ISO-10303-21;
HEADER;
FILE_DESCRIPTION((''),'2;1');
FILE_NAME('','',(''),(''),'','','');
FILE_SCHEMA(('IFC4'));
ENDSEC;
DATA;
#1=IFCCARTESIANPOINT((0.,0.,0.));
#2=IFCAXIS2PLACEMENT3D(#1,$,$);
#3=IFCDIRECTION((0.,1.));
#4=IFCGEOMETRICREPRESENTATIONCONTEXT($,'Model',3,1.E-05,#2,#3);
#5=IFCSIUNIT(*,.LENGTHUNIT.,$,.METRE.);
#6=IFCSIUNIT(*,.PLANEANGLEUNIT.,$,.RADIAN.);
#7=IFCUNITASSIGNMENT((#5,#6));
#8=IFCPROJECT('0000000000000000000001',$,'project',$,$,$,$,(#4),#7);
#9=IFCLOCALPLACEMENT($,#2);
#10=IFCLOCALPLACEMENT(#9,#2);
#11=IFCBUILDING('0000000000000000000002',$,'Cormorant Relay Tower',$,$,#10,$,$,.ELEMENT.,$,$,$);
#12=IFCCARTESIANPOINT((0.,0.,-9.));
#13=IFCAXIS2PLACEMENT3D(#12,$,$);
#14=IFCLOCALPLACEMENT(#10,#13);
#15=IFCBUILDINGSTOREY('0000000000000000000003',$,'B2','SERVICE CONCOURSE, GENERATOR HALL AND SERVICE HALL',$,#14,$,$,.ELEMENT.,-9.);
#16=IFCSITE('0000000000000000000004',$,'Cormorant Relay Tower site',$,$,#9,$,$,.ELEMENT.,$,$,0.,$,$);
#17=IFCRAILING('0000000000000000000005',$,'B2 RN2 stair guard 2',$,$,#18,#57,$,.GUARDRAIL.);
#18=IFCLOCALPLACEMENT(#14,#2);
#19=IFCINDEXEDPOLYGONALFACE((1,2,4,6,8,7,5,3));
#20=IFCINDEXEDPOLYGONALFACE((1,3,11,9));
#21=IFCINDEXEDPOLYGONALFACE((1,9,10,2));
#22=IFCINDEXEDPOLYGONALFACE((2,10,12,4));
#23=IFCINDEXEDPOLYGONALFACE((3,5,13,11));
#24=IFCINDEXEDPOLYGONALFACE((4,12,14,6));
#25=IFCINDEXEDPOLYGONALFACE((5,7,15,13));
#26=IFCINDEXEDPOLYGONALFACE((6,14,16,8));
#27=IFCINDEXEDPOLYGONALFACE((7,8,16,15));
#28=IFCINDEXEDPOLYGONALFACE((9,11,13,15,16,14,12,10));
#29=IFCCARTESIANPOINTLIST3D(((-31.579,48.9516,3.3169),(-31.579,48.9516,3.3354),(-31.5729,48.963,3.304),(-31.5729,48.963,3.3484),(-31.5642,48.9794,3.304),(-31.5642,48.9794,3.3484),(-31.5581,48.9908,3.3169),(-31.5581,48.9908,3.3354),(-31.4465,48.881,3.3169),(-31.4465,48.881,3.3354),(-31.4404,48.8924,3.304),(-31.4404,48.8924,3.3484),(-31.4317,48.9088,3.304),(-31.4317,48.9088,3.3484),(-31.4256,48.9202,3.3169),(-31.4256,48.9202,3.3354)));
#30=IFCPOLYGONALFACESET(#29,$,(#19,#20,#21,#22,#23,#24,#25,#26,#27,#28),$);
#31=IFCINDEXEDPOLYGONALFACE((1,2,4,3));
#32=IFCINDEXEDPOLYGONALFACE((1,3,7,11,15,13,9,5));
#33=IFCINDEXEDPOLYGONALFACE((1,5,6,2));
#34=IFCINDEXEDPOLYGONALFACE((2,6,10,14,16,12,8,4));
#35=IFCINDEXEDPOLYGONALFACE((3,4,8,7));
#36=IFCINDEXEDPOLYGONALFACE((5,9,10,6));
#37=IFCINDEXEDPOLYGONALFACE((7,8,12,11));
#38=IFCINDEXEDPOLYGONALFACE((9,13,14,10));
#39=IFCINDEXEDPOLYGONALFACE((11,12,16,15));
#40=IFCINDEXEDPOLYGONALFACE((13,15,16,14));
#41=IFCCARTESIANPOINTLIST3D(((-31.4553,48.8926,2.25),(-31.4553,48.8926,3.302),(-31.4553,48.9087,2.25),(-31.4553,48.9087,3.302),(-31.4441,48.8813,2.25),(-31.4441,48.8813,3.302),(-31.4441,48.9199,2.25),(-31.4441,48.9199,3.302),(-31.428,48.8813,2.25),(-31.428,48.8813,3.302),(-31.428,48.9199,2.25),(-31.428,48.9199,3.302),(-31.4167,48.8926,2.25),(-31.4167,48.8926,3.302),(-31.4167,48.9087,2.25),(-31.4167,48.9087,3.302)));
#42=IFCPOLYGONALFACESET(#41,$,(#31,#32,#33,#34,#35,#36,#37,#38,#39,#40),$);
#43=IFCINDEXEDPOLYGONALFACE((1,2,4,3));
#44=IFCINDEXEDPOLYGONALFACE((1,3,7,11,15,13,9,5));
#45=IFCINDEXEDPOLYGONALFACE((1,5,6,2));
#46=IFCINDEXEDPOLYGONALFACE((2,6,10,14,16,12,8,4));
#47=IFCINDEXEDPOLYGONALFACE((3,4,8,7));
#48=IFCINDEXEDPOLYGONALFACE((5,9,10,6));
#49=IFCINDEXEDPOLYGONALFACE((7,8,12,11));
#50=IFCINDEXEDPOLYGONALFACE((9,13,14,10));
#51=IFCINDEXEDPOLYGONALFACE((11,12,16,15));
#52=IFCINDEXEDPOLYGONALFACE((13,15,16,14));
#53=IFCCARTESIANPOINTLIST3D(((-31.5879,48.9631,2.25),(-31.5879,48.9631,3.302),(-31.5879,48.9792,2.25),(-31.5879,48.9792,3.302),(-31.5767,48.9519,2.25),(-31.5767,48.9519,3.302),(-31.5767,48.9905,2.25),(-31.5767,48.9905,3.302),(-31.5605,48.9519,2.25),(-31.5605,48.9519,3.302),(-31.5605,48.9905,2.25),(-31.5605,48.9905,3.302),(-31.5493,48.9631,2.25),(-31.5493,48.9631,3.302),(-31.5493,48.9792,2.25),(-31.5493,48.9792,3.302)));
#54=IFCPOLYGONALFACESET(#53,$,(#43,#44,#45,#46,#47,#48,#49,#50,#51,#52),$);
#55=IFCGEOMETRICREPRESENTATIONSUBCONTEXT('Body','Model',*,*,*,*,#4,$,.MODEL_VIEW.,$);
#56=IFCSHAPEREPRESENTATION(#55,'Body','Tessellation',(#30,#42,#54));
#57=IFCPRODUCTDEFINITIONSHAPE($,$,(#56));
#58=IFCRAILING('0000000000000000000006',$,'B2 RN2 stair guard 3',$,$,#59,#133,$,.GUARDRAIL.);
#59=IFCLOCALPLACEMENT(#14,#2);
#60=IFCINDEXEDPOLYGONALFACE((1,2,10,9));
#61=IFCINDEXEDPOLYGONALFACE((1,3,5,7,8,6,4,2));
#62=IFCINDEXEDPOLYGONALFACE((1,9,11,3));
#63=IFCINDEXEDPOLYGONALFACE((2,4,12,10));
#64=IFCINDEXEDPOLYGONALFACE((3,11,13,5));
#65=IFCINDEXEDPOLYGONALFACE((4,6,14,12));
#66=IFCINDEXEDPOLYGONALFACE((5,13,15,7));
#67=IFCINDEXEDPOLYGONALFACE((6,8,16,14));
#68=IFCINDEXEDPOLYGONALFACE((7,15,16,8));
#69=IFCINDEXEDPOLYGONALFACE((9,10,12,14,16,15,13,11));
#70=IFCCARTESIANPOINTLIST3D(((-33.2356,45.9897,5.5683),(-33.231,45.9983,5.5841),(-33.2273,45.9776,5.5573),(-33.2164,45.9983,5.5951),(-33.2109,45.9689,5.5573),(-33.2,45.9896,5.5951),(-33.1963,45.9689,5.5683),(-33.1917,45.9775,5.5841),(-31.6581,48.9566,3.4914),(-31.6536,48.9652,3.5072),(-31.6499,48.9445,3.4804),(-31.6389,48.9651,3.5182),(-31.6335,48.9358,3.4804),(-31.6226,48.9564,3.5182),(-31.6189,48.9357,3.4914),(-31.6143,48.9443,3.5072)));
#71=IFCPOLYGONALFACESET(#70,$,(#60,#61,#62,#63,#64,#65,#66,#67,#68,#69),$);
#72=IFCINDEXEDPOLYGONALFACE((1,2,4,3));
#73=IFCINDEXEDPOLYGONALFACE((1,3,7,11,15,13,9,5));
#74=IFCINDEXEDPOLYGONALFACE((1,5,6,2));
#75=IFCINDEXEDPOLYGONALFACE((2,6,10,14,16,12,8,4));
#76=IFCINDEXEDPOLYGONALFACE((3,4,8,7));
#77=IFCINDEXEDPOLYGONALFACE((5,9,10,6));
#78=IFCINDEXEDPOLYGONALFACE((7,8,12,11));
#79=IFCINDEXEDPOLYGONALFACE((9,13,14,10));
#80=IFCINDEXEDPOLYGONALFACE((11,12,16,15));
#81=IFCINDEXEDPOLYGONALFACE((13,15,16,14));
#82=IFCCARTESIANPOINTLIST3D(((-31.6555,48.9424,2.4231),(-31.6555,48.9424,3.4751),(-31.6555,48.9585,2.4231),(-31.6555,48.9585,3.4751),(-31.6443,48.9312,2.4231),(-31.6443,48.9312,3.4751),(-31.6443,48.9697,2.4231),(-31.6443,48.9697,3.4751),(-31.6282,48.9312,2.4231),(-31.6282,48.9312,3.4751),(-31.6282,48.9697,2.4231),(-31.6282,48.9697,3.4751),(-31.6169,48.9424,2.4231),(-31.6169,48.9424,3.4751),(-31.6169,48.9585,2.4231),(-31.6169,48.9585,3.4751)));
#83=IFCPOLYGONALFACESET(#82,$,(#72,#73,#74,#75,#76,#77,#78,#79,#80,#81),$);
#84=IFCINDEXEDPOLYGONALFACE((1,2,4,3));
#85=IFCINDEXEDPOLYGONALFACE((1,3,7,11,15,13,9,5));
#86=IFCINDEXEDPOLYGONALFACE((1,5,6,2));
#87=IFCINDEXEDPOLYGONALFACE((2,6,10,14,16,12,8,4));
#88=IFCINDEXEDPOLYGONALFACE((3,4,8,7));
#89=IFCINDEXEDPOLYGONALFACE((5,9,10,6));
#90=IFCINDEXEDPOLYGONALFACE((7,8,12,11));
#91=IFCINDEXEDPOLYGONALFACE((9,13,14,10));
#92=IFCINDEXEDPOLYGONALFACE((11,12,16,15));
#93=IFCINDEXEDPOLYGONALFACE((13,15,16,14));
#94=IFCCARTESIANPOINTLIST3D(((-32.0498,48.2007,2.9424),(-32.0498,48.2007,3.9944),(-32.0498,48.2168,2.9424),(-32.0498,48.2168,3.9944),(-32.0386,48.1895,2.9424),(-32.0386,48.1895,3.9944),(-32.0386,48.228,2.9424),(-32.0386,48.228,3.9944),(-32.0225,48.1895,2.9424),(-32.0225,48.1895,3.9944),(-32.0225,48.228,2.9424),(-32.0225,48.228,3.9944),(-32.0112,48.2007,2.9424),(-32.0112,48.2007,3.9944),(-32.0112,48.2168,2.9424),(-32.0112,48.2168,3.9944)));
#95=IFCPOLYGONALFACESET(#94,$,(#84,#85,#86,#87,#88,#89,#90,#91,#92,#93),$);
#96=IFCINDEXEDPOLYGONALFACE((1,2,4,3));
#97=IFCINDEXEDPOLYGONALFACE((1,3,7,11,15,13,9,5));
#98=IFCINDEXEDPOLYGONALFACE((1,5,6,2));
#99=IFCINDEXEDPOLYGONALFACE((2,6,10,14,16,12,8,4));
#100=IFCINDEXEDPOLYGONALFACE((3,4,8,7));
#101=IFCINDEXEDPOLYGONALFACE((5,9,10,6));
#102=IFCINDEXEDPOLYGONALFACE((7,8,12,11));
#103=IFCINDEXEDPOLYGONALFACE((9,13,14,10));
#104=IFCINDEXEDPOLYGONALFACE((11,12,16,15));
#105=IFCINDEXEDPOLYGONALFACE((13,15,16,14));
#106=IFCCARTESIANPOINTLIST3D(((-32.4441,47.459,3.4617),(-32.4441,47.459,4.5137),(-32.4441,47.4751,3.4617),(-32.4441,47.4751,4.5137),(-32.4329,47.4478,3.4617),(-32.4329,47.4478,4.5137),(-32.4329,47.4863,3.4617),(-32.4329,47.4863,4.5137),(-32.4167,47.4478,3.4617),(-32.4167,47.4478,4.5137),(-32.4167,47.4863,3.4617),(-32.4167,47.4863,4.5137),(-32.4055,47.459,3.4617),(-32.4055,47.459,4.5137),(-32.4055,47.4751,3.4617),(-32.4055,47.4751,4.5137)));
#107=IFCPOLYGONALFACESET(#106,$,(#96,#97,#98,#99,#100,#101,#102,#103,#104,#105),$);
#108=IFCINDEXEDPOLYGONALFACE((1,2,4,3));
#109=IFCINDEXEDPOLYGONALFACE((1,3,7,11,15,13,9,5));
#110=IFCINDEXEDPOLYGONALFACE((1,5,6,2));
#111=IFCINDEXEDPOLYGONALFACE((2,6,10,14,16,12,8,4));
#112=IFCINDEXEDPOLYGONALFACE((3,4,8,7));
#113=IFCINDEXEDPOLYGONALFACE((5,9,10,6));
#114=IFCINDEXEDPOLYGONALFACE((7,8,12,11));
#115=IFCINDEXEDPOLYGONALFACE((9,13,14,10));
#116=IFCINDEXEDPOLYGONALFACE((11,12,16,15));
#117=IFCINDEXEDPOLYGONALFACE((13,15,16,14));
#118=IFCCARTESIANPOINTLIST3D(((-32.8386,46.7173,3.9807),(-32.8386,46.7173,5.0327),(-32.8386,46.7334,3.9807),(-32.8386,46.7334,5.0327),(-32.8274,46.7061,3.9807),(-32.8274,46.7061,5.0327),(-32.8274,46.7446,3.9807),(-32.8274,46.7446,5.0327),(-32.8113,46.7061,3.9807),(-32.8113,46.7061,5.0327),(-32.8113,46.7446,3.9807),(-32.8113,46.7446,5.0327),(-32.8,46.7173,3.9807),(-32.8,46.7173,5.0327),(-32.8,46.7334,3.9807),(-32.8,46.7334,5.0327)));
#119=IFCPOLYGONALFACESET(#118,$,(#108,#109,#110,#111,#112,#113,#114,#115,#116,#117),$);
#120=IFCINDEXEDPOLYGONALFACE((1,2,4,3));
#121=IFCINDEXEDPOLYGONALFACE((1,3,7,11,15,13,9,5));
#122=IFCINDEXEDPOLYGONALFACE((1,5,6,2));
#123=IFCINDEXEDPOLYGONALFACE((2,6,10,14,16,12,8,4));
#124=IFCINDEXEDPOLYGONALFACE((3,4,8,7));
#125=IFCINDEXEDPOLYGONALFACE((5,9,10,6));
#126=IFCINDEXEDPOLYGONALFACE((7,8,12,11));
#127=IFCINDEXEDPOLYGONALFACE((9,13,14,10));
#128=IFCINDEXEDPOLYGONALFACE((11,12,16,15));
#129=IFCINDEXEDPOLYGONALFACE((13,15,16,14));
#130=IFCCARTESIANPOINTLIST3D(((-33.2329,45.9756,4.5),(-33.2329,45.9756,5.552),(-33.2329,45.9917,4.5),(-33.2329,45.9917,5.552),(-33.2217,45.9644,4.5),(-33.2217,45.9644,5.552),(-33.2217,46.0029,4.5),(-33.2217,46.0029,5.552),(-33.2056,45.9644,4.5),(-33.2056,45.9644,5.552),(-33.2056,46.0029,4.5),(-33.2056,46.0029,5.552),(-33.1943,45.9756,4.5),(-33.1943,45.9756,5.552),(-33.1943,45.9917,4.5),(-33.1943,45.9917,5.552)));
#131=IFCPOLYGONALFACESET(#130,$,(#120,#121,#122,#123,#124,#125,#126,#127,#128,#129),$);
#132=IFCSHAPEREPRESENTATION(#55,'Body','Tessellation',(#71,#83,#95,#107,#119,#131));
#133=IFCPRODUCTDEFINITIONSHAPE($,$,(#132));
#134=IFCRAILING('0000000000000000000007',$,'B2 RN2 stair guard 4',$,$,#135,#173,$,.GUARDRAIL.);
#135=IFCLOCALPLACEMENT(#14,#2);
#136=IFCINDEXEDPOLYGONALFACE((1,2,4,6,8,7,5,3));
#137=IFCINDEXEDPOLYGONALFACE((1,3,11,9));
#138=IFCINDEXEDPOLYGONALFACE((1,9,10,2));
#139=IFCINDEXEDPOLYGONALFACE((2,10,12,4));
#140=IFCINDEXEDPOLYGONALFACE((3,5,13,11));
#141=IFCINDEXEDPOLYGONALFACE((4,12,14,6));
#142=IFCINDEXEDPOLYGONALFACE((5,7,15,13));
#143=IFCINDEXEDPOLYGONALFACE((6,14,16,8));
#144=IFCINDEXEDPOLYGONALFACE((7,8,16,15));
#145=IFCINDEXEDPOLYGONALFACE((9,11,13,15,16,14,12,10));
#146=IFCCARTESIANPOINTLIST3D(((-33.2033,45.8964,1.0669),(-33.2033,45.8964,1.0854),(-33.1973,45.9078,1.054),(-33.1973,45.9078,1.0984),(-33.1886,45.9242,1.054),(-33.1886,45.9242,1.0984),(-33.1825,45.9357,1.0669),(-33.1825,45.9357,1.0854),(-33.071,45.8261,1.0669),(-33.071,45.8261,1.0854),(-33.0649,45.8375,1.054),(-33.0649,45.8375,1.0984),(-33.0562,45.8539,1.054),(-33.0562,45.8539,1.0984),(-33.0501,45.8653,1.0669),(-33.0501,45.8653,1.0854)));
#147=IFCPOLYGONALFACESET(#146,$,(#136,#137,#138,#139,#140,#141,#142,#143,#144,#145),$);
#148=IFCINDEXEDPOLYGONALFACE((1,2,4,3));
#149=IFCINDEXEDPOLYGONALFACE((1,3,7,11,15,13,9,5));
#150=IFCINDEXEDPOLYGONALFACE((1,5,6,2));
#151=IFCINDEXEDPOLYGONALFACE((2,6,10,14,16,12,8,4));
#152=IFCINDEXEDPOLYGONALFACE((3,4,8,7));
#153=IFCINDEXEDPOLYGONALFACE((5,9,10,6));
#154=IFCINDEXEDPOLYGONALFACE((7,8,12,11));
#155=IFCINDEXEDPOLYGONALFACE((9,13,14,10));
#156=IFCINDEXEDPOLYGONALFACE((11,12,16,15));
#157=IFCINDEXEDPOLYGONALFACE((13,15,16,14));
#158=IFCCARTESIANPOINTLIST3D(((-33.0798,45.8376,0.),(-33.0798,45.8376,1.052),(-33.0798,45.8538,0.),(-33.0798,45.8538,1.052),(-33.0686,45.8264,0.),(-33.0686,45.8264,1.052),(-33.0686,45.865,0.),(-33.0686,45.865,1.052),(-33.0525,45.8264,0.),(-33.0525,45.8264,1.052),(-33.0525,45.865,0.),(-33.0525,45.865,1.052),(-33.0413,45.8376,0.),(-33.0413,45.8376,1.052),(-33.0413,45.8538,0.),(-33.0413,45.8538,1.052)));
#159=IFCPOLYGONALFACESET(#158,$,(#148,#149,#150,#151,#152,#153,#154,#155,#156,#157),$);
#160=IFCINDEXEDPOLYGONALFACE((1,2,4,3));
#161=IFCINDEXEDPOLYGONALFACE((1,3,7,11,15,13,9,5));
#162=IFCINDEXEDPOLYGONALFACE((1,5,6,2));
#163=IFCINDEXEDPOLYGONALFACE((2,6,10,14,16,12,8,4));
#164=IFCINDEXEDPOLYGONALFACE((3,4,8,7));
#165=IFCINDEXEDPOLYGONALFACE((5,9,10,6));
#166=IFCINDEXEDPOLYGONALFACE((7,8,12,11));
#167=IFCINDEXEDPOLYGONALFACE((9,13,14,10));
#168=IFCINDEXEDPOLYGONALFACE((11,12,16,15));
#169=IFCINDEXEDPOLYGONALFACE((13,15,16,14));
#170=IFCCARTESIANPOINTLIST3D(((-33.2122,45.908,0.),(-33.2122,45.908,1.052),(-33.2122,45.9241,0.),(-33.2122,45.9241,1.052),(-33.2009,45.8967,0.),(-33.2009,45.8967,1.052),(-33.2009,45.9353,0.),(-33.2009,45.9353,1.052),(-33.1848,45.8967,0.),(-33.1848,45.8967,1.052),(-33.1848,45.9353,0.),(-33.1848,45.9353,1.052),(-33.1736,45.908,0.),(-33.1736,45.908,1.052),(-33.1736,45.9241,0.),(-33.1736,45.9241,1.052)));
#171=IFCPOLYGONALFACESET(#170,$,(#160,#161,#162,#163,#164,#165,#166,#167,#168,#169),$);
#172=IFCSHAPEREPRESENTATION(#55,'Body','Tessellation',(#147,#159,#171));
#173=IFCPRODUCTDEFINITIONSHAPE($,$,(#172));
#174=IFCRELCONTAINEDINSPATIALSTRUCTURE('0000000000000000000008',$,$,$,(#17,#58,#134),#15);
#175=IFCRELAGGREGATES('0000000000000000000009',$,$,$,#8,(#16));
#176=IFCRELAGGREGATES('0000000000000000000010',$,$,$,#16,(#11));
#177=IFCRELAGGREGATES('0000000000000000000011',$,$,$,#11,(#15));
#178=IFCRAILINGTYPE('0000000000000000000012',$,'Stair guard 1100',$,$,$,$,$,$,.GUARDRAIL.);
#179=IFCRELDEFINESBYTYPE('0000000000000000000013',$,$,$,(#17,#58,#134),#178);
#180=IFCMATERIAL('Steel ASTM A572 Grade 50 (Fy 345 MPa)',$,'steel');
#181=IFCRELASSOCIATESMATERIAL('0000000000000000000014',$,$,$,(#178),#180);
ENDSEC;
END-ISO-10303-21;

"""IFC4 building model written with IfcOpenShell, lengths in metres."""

from ifc_helpers import new_model, si_unit, direction, frame, origin, place, context, subcontext, project, spatial, polyline, outline, extrude, material, type_object, element, save


model = new_model("IFC4")

# Units and contexts
model_context = context("Model", 3, precision=1e-05, world=origin(), true_north=direction((0.0, 1.0)))
body_context = subcontext(model_context, "Body", "Model", "MODEL_VIEW")
ifc_project = project(units=[si_unit("LENGTHUNIT", "METRE"), si_unit("PLANEANGLEUNIT", "RADIAN")], contexts=[model_context])

# Site, building, storey
site_placement = place(None, origin())
site = spatial("IfcSite", under=ifc_project, at=site_placement, Name="Cormorant Relay Tower site", CompositionType="ELEMENT", RefElevation=0.0)
building_placement = place(site_placement, origin())
building = spatial("IfcBuilding", under=site, at=building_placement, Name="Cormorant Relay Tower", CompositionType="ELEMENT")
storey_placement = place(building_placement, frame((0.0, 0.0, -9.0)))
storey = spatial("IfcBuildingStorey", under=building, at=storey_placement, Name="B2", Description="SERVICE CONCOURSE, GENERATOR HALL AND SERVICE HALL", CompositionType="ELEMENT", Elevation=-9.0)

# Railings
ifc_material_1 = material(Name="Steel ASTM A572 Grade 50 (Fy 345 MPa)", Category="steel")
railing_type_1 = type_object("IfcRailingType", Name="Stair guard 1100", PredefinedType="GUARDRAIL", material=ifc_material_1)
railing_1_placement = place(storey_placement, frame((-31.436, 48.9006, 2.25)))
element("IfcRailing", 1, at=railing_1_placement, inside=storey, type_object=railing_type_1, Name="B2 RN2 stair guard 2", PredefinedType="GUARDRAIL", context=body_context, shape_type="SweptSolid", body=[
    extrude(outline(polyline([(0.0222, 0.0093), (0.0093, 0.0222), (-0.0093, 0.0222), (-0.0222, 0.0093), (-0.0222, -0.0093), (-0.0093, -0.0222), (0.0093, -0.0222), (0.0222, -0.0093), (0.0222, 0.0093)])), frame((0.0, 0.0, 1.0762), z_axis=(-0.882758, 0.469829, 0.0), x_axis=(-0.469829, -0.882758, 0.0)), (0.0, 0.0, 1.0), 0.1501),
    extrude(outline(polyline([(0.0193, 0.0081), (0.0081, 0.0193), (-0.0081, 0.0193), (-0.0193, 0.0081), (-0.0193, -0.0081), (-0.0081, -0.0193), (0.0081, -0.0193), (0.0193, -0.0081), (0.0193, 0.0081)])), origin(), (0.0, 0.0, 1.0), 1.052),
    extrude(outline(polyline([(0.0193, 0.0081), (0.0081, 0.0193), (-0.0081, 0.0193), (-0.0193, 0.0081), (-0.0193, -0.0081), (-0.0081, -0.0193), (0.0081, -0.0193), (0.0193, -0.0081), (0.0193, 0.0081)])), frame((-0.1326, 0.0706, 0.0)), (0.0, 0.0, 1.0), 1.052),
])
railing_2_placement = place(storey_placement, frame((-31.6362, 48.9504, 2.4231)))
element("IfcRailing", 2, at=railing_2_placement, inside=storey, type_object=railing_type_1, Name="B2 RN2 stair guard 3", PredefinedType="GUARDRAIL", context=body_context, shape_type="SweptSolid", body=[
    extrude(outline(polyline([(0.0222, 0.0093), (0.0093, 0.0222), (-0.0093, 0.0222), (-0.0222, 0.0093), (-0.0222, -0.0093), (-0.0093, -0.0222), (0.0093, -0.0222), (0.0222, -0.0093), (0.0222, 0.0093)])), frame((0.0, 0.0, 1.0762), z_axis=(-0.399326, -0.751062, 0.52578), x_axis=(0.882958, -0.469453, 0.0)), (0.0, 0.0, 1.0), 3.9502),
    extrude(outline(polyline([(0.0193, 0.0081), (0.0081, 0.0193), (-0.0081, 0.0193), (-0.0193, 0.0081), (-0.0193, -0.0081), (-0.0081, -0.0193), (0.0081, -0.0193), (0.0193, -0.0081), (0.0193, 0.0081)])), origin(), (0.0, 0.0, 1.0), 1.052),
    extrude(outline(polyline([(0.0193, 0.0081), (0.0081, 0.0193), (-0.0081, 0.0193), (-0.0193, 0.0081), (-0.0193, -0.0081), (-0.0081, -0.0193), (0.0081, -0.0193), (0.0193, -0.0081), (0.0193, 0.0081)])), frame((-0.3943, -0.7417, 0.5193)), (0.0, 0.0, 1.0), 1.052),
    extrude(outline(polyline([(0.0193, 0.0081), (0.0081, 0.0193), (-0.0081, 0.0193), (-0.0193, 0.0081), (-0.0193, -0.0081), (-0.0081, -0.0193), (0.0081, -0.0193), (0.0193, -0.0081), (0.0193, 0.0081)])), frame((-0.7886, -1.4834, 1.0386)), (0.0, 0.0, 1.0), 1.052),
    extrude(outline(polyline([(0.0193, 0.0081), (0.0081, 0.0193), (-0.0081, 0.0193), (-0.0193, 0.0081), (-0.0193, -0.0081), (-0.0081, -0.0193), (0.0081, -0.0193), (0.0193, -0.0081), (0.0193, 0.0081)])), frame((-1.1831, -2.2251, 1.5576)), (0.0, 0.0, 1.0), 1.052),
    extrude(outline(polyline([(0.0193, 0.0081), (0.0081, 0.0193), (-0.0081, 0.0193), (-0.0193, 0.0081), (-0.0193, -0.0081), (-0.0081, -0.0193), (0.0081, -0.0193), (0.0193, -0.0081), (0.0193, 0.0081)])), frame((-1.5774, -2.9668, 2.0769)), (0.0, 0.0, 1.0), 1.052),
])
railing_3_placement = place(storey_placement, frame((-33.0605, 45.8457, 0.0)))
element("IfcRailing", 3, at=railing_3_placement, inside=storey, type_object=railing_type_1, Name="B2 RN2 stair guard 4", PredefinedType="GUARDRAIL", context=body_context, shape_type="SweptSolid", body=[
    extrude(outline(polyline([(0.0222, 0.0093), (0.0093, 0.0222), (-0.0093, 0.0222), (-0.0222, 0.0093), (-0.0222, -0.0093), (-0.0093, -0.0222), (0.0093, -0.0222), (0.0222, -0.0093), (0.0222, 0.0093)])), frame((0.0, 0.0, 1.0762), z_axis=(-0.883074, 0.469235, 0.0), x_axis=(-0.469235, -0.883074, 0.0)), (0.0, 0.0, 1.0), 0.1499),
    extrude(outline(polyline([(0.0193, 0.0081), (0.0081, 0.0193), (-0.0081, 0.0193), (-0.0193, 0.0081), (-0.0193, -0.0081), (-0.0081, -0.0193), (0.0081, -0.0193), (0.0193, -0.0081), (0.0193, 0.0081)])), origin(), (0.0, 0.0, 1.0), 1.052),
    extrude(outline(polyline([(0.0193, 0.0081), (0.0081, 0.0193), (-0.0081, 0.0193), (-0.0193, 0.0081), (-0.0193, -0.0081), (-0.0081, -0.0193), (0.0081, -0.0193), (0.0193, -0.0081), (0.0193, 0.0081)])), frame((-0.1323, 0.0703, 0.0)), (0.0, 0.0, 1.0), 1.052),
])

save(model, "model.ifc")
